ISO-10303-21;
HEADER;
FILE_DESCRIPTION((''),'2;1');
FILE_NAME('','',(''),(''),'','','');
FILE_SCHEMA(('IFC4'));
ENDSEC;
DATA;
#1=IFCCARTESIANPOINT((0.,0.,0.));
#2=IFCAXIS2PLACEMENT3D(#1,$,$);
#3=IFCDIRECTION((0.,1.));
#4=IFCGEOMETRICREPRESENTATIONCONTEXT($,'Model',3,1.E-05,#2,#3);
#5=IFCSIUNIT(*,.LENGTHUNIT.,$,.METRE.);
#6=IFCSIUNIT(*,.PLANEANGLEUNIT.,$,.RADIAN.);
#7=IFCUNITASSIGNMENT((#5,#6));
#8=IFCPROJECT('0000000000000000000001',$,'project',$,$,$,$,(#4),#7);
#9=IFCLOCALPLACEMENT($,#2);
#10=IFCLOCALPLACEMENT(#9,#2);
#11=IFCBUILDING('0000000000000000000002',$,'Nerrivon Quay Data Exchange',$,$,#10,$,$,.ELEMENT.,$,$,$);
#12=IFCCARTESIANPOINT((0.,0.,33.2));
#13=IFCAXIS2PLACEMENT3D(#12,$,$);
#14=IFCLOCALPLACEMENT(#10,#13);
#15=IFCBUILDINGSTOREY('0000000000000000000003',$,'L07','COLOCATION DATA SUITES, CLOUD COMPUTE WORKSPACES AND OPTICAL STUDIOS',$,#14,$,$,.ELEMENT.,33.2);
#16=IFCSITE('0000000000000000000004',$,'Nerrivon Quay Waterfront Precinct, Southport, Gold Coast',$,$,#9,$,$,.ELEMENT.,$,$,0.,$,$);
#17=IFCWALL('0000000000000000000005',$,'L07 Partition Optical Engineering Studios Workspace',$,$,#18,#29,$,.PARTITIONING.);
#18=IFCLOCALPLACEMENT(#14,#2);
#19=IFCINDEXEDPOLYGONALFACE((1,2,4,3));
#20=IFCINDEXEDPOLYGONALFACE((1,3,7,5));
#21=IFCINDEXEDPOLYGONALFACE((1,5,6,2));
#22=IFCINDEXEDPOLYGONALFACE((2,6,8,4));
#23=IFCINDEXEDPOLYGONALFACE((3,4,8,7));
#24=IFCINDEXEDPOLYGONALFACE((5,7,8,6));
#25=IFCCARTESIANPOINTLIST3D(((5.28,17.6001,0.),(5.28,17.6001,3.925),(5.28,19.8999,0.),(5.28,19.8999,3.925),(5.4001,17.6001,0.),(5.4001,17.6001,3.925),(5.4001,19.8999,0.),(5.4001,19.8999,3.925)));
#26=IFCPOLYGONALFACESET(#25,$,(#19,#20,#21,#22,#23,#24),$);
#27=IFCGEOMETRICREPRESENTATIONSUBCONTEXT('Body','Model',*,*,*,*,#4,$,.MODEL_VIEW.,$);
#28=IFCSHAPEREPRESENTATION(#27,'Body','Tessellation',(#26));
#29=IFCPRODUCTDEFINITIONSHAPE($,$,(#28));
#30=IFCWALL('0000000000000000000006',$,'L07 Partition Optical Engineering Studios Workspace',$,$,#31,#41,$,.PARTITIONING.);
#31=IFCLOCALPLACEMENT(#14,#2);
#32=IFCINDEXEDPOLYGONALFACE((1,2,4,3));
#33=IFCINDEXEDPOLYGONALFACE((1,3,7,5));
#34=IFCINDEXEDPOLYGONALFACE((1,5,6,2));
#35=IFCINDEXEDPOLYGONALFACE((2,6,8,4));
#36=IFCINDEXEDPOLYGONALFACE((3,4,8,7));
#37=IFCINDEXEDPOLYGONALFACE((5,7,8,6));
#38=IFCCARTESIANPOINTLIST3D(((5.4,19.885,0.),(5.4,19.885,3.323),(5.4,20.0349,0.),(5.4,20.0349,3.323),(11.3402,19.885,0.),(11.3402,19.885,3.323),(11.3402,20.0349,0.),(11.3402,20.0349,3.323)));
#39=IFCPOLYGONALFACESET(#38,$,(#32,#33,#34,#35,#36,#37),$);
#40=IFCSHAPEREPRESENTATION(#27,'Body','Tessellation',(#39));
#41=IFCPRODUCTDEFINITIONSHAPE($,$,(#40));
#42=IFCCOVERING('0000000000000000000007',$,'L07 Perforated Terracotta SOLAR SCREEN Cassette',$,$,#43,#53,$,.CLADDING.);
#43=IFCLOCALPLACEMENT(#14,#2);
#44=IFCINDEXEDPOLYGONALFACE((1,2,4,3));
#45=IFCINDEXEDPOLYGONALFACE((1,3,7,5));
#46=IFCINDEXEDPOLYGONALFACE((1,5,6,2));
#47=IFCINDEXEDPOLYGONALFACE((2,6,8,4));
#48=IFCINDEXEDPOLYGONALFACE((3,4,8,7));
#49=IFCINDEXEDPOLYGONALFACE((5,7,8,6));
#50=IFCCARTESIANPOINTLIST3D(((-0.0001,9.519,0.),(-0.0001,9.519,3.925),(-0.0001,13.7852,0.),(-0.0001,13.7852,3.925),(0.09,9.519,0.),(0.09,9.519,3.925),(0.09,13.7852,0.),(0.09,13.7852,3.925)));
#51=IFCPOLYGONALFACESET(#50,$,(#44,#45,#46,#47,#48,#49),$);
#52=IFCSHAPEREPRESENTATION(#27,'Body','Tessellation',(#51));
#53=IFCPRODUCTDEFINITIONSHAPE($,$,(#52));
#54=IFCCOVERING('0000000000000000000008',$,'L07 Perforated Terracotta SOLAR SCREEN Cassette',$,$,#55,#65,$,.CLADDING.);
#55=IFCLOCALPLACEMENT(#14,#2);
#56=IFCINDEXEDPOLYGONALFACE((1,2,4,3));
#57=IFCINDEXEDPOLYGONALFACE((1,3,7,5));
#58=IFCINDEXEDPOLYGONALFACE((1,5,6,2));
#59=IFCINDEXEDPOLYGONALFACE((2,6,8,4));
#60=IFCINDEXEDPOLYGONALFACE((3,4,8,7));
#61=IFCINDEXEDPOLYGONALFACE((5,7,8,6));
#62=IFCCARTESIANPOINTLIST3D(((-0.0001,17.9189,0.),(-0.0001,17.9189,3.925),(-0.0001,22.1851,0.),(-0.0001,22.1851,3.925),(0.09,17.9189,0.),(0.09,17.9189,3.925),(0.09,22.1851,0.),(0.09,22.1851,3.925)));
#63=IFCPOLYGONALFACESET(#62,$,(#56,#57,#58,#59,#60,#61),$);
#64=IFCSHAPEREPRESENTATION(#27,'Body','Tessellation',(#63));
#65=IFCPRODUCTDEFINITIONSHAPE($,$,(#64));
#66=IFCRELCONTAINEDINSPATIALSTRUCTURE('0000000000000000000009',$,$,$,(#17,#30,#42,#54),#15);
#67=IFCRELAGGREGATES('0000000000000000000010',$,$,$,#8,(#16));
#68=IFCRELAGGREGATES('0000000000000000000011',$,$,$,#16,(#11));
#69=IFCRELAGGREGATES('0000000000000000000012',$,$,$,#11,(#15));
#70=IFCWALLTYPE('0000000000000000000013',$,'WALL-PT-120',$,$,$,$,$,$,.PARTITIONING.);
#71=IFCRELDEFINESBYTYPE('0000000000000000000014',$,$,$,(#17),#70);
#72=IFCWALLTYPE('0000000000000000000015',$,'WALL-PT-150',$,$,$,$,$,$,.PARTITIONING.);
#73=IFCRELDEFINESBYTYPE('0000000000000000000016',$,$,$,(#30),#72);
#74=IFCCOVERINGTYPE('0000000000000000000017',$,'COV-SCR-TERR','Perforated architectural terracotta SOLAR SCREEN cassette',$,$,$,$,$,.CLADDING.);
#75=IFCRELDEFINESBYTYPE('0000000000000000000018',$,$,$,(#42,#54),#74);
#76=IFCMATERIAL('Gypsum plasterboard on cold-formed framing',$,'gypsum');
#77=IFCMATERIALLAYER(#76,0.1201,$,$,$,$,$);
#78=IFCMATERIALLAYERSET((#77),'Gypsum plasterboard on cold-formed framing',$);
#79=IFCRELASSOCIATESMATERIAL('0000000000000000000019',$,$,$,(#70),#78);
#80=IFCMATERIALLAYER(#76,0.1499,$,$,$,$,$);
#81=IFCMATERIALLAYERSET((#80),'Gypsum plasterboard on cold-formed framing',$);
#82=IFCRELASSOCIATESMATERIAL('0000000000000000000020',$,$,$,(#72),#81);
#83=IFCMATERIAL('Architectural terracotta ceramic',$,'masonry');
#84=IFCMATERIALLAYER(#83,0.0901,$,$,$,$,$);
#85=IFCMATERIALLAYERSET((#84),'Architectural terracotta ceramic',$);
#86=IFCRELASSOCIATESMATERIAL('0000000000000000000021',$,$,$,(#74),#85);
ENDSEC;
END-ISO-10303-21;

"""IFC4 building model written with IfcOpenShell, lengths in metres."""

from ifc_helpers import new_model, si_unit, direction, frame, frame_2d, origin, origin_2d, place, context, subcontext, project, spatial, rectangle, extrude, material, layer, layer_set, type_object, element, save


model = new_model("IFC4")

# Units and contexts
model_context = context("Model", 3, precision=1e-05, world=origin(), true_north=direction((0.0, 1.0)))
body_context = subcontext(model_context, "Body", "Model", "MODEL_VIEW")
ifc_project = project(units=[si_unit("LENGTHUNIT", "METRE"), si_unit("PLANEANGLEUNIT", "RADIAN")], contexts=[model_context])

# Site, building, storey
site_placement = place(None, origin())
site = spatial("IfcSite", under=ifc_project, at=site_placement, Name="Nerrivon Quay Waterfront Precinct, Southport, Gold Coast", CompositionType="ELEMENT", RefElevation=0.0)
building_placement = place(site_placement, origin())
building = spatial("IfcBuilding", under=site, at=building_placement, Name="Nerrivon Quay Data Exchange", CompositionType="ELEMENT")
storey_placement = place(building_placement, frame((0.0, 0.0, 33.2)))
storey = spatial("IfcBuildingStorey", under=building, at=storey_placement, Name="L07", Description="COLOCATION DATA SUITES, CLOUD COMPUTE WORKSPACES AND OPTICAL STUDIOS", CompositionType="ELEMENT", Elevation=33.2)

# Walls
ifc_material_1 = material(Name="Gypsum plasterboard on cold-formed framing", Category="gypsum")
ifc_layer_1 = layer(ifc_material_1, 0.1201)
ifc_layer_set_1 = layer_set([ifc_layer_1], Name="Gypsum plasterboard on cold-formed framing")
wall_type_1 = type_object("IfcWallType", Name="WALL-PT-120", PredefinedType="PARTITIONING", material=ifc_layer_set_1)
wall_1_placement = place(storey_placement, frame((5.3401, 17.6001, 0.0), z_axis=(0.0, 0.0, 1.0), x_axis=(0.0, 1.0, 0.0)))
element("IfcWall", 1, at=wall_1_placement, inside=storey, type_object=wall_type_1, Name="L07 Partition Optical Engineering Studios Workspace", PredefinedType="PARTITIONING", context=body_context, shape_type="SweptSolid", body=[
    extrude(rectangle(XDim=2.2998, YDim=0.1201, at=frame_2d((1.1499, 0.0))), origin(), (0.0, 0.0, 1.0), 3.925),
])
ifc_layer_2 = layer(ifc_material_1, 0.1499)
ifc_layer_set_2 = layer_set([ifc_layer_2], Name="Gypsum plasterboard on cold-formed framing")
wall_type_2 = type_object("IfcWallType", Name="WALL-PT-150", PredefinedType="PARTITIONING", material=ifc_layer_set_2)
wall_2_placement = place(storey_placement, frame((5.3999, 19.96, 0.0), z_axis=(0.0, 0.0, 1.0), x_axis=(1.0, 0.0, 0.0)))
element("IfcWall", 2, at=wall_2_placement, inside=storey, type_object=wall_type_2, Name="L07 Partition Optical Engineering Studios Workspace", PredefinedType="PARTITIONING", context=body_context, shape_type="SweptSolid", body=[
    extrude(rectangle(XDim=5.9402, YDim=0.1499, at=frame_2d((2.9702, 0.0))), origin(), (0.0, 0.0, 1.0), 3.323),
])

# Coverings
ifc_material_2 = material(Name="Architectural terracotta ceramic", Category="masonry")
ifc_layer_3 = layer(ifc_material_2, 0.0901)
ifc_layer_set_3 = layer_set([ifc_layer_3], Name="Architectural terracotta ceramic")
covering_type = type_object("IfcCoveringType", Name="COV-SCR-TERR", Description="Perforated architectural terracotta SOLAR SCREEN cassette", PredefinedType="CLADDING", material=ifc_layer_set_3)
for number, where, z_axis, x_axis, name in (
    (3, (0.0449, 11.6521, 0.0), (0.0, 0.0, 1.0), (0.0, 1.0, 0.0), "L07 Perforated Terracotta SOLAR SCREEN Cassette"),
    (4, (0.0449, 20.052, 0.0), (0.0, 0.0, 1.0), (0.0, 1.0, 0.0), "L07 Perforated Terracotta SOLAR SCREEN Cassette"),
):
    element("IfcCovering", number, at=place(storey_placement, frame(where, z_axis=z_axis, x_axis=x_axis)), inside=storey, type_object=covering_type, Name=name, PredefinedType="CLADDING", context=body_context, shape_type="SweptSolid", body=[
        extrude(rectangle(XDim=4.2661, YDim=0.0901, at=origin_2d()), origin(), (0.0, 0.0, 1.0), 3.925),
    ])

save(model, "model.ifc")
